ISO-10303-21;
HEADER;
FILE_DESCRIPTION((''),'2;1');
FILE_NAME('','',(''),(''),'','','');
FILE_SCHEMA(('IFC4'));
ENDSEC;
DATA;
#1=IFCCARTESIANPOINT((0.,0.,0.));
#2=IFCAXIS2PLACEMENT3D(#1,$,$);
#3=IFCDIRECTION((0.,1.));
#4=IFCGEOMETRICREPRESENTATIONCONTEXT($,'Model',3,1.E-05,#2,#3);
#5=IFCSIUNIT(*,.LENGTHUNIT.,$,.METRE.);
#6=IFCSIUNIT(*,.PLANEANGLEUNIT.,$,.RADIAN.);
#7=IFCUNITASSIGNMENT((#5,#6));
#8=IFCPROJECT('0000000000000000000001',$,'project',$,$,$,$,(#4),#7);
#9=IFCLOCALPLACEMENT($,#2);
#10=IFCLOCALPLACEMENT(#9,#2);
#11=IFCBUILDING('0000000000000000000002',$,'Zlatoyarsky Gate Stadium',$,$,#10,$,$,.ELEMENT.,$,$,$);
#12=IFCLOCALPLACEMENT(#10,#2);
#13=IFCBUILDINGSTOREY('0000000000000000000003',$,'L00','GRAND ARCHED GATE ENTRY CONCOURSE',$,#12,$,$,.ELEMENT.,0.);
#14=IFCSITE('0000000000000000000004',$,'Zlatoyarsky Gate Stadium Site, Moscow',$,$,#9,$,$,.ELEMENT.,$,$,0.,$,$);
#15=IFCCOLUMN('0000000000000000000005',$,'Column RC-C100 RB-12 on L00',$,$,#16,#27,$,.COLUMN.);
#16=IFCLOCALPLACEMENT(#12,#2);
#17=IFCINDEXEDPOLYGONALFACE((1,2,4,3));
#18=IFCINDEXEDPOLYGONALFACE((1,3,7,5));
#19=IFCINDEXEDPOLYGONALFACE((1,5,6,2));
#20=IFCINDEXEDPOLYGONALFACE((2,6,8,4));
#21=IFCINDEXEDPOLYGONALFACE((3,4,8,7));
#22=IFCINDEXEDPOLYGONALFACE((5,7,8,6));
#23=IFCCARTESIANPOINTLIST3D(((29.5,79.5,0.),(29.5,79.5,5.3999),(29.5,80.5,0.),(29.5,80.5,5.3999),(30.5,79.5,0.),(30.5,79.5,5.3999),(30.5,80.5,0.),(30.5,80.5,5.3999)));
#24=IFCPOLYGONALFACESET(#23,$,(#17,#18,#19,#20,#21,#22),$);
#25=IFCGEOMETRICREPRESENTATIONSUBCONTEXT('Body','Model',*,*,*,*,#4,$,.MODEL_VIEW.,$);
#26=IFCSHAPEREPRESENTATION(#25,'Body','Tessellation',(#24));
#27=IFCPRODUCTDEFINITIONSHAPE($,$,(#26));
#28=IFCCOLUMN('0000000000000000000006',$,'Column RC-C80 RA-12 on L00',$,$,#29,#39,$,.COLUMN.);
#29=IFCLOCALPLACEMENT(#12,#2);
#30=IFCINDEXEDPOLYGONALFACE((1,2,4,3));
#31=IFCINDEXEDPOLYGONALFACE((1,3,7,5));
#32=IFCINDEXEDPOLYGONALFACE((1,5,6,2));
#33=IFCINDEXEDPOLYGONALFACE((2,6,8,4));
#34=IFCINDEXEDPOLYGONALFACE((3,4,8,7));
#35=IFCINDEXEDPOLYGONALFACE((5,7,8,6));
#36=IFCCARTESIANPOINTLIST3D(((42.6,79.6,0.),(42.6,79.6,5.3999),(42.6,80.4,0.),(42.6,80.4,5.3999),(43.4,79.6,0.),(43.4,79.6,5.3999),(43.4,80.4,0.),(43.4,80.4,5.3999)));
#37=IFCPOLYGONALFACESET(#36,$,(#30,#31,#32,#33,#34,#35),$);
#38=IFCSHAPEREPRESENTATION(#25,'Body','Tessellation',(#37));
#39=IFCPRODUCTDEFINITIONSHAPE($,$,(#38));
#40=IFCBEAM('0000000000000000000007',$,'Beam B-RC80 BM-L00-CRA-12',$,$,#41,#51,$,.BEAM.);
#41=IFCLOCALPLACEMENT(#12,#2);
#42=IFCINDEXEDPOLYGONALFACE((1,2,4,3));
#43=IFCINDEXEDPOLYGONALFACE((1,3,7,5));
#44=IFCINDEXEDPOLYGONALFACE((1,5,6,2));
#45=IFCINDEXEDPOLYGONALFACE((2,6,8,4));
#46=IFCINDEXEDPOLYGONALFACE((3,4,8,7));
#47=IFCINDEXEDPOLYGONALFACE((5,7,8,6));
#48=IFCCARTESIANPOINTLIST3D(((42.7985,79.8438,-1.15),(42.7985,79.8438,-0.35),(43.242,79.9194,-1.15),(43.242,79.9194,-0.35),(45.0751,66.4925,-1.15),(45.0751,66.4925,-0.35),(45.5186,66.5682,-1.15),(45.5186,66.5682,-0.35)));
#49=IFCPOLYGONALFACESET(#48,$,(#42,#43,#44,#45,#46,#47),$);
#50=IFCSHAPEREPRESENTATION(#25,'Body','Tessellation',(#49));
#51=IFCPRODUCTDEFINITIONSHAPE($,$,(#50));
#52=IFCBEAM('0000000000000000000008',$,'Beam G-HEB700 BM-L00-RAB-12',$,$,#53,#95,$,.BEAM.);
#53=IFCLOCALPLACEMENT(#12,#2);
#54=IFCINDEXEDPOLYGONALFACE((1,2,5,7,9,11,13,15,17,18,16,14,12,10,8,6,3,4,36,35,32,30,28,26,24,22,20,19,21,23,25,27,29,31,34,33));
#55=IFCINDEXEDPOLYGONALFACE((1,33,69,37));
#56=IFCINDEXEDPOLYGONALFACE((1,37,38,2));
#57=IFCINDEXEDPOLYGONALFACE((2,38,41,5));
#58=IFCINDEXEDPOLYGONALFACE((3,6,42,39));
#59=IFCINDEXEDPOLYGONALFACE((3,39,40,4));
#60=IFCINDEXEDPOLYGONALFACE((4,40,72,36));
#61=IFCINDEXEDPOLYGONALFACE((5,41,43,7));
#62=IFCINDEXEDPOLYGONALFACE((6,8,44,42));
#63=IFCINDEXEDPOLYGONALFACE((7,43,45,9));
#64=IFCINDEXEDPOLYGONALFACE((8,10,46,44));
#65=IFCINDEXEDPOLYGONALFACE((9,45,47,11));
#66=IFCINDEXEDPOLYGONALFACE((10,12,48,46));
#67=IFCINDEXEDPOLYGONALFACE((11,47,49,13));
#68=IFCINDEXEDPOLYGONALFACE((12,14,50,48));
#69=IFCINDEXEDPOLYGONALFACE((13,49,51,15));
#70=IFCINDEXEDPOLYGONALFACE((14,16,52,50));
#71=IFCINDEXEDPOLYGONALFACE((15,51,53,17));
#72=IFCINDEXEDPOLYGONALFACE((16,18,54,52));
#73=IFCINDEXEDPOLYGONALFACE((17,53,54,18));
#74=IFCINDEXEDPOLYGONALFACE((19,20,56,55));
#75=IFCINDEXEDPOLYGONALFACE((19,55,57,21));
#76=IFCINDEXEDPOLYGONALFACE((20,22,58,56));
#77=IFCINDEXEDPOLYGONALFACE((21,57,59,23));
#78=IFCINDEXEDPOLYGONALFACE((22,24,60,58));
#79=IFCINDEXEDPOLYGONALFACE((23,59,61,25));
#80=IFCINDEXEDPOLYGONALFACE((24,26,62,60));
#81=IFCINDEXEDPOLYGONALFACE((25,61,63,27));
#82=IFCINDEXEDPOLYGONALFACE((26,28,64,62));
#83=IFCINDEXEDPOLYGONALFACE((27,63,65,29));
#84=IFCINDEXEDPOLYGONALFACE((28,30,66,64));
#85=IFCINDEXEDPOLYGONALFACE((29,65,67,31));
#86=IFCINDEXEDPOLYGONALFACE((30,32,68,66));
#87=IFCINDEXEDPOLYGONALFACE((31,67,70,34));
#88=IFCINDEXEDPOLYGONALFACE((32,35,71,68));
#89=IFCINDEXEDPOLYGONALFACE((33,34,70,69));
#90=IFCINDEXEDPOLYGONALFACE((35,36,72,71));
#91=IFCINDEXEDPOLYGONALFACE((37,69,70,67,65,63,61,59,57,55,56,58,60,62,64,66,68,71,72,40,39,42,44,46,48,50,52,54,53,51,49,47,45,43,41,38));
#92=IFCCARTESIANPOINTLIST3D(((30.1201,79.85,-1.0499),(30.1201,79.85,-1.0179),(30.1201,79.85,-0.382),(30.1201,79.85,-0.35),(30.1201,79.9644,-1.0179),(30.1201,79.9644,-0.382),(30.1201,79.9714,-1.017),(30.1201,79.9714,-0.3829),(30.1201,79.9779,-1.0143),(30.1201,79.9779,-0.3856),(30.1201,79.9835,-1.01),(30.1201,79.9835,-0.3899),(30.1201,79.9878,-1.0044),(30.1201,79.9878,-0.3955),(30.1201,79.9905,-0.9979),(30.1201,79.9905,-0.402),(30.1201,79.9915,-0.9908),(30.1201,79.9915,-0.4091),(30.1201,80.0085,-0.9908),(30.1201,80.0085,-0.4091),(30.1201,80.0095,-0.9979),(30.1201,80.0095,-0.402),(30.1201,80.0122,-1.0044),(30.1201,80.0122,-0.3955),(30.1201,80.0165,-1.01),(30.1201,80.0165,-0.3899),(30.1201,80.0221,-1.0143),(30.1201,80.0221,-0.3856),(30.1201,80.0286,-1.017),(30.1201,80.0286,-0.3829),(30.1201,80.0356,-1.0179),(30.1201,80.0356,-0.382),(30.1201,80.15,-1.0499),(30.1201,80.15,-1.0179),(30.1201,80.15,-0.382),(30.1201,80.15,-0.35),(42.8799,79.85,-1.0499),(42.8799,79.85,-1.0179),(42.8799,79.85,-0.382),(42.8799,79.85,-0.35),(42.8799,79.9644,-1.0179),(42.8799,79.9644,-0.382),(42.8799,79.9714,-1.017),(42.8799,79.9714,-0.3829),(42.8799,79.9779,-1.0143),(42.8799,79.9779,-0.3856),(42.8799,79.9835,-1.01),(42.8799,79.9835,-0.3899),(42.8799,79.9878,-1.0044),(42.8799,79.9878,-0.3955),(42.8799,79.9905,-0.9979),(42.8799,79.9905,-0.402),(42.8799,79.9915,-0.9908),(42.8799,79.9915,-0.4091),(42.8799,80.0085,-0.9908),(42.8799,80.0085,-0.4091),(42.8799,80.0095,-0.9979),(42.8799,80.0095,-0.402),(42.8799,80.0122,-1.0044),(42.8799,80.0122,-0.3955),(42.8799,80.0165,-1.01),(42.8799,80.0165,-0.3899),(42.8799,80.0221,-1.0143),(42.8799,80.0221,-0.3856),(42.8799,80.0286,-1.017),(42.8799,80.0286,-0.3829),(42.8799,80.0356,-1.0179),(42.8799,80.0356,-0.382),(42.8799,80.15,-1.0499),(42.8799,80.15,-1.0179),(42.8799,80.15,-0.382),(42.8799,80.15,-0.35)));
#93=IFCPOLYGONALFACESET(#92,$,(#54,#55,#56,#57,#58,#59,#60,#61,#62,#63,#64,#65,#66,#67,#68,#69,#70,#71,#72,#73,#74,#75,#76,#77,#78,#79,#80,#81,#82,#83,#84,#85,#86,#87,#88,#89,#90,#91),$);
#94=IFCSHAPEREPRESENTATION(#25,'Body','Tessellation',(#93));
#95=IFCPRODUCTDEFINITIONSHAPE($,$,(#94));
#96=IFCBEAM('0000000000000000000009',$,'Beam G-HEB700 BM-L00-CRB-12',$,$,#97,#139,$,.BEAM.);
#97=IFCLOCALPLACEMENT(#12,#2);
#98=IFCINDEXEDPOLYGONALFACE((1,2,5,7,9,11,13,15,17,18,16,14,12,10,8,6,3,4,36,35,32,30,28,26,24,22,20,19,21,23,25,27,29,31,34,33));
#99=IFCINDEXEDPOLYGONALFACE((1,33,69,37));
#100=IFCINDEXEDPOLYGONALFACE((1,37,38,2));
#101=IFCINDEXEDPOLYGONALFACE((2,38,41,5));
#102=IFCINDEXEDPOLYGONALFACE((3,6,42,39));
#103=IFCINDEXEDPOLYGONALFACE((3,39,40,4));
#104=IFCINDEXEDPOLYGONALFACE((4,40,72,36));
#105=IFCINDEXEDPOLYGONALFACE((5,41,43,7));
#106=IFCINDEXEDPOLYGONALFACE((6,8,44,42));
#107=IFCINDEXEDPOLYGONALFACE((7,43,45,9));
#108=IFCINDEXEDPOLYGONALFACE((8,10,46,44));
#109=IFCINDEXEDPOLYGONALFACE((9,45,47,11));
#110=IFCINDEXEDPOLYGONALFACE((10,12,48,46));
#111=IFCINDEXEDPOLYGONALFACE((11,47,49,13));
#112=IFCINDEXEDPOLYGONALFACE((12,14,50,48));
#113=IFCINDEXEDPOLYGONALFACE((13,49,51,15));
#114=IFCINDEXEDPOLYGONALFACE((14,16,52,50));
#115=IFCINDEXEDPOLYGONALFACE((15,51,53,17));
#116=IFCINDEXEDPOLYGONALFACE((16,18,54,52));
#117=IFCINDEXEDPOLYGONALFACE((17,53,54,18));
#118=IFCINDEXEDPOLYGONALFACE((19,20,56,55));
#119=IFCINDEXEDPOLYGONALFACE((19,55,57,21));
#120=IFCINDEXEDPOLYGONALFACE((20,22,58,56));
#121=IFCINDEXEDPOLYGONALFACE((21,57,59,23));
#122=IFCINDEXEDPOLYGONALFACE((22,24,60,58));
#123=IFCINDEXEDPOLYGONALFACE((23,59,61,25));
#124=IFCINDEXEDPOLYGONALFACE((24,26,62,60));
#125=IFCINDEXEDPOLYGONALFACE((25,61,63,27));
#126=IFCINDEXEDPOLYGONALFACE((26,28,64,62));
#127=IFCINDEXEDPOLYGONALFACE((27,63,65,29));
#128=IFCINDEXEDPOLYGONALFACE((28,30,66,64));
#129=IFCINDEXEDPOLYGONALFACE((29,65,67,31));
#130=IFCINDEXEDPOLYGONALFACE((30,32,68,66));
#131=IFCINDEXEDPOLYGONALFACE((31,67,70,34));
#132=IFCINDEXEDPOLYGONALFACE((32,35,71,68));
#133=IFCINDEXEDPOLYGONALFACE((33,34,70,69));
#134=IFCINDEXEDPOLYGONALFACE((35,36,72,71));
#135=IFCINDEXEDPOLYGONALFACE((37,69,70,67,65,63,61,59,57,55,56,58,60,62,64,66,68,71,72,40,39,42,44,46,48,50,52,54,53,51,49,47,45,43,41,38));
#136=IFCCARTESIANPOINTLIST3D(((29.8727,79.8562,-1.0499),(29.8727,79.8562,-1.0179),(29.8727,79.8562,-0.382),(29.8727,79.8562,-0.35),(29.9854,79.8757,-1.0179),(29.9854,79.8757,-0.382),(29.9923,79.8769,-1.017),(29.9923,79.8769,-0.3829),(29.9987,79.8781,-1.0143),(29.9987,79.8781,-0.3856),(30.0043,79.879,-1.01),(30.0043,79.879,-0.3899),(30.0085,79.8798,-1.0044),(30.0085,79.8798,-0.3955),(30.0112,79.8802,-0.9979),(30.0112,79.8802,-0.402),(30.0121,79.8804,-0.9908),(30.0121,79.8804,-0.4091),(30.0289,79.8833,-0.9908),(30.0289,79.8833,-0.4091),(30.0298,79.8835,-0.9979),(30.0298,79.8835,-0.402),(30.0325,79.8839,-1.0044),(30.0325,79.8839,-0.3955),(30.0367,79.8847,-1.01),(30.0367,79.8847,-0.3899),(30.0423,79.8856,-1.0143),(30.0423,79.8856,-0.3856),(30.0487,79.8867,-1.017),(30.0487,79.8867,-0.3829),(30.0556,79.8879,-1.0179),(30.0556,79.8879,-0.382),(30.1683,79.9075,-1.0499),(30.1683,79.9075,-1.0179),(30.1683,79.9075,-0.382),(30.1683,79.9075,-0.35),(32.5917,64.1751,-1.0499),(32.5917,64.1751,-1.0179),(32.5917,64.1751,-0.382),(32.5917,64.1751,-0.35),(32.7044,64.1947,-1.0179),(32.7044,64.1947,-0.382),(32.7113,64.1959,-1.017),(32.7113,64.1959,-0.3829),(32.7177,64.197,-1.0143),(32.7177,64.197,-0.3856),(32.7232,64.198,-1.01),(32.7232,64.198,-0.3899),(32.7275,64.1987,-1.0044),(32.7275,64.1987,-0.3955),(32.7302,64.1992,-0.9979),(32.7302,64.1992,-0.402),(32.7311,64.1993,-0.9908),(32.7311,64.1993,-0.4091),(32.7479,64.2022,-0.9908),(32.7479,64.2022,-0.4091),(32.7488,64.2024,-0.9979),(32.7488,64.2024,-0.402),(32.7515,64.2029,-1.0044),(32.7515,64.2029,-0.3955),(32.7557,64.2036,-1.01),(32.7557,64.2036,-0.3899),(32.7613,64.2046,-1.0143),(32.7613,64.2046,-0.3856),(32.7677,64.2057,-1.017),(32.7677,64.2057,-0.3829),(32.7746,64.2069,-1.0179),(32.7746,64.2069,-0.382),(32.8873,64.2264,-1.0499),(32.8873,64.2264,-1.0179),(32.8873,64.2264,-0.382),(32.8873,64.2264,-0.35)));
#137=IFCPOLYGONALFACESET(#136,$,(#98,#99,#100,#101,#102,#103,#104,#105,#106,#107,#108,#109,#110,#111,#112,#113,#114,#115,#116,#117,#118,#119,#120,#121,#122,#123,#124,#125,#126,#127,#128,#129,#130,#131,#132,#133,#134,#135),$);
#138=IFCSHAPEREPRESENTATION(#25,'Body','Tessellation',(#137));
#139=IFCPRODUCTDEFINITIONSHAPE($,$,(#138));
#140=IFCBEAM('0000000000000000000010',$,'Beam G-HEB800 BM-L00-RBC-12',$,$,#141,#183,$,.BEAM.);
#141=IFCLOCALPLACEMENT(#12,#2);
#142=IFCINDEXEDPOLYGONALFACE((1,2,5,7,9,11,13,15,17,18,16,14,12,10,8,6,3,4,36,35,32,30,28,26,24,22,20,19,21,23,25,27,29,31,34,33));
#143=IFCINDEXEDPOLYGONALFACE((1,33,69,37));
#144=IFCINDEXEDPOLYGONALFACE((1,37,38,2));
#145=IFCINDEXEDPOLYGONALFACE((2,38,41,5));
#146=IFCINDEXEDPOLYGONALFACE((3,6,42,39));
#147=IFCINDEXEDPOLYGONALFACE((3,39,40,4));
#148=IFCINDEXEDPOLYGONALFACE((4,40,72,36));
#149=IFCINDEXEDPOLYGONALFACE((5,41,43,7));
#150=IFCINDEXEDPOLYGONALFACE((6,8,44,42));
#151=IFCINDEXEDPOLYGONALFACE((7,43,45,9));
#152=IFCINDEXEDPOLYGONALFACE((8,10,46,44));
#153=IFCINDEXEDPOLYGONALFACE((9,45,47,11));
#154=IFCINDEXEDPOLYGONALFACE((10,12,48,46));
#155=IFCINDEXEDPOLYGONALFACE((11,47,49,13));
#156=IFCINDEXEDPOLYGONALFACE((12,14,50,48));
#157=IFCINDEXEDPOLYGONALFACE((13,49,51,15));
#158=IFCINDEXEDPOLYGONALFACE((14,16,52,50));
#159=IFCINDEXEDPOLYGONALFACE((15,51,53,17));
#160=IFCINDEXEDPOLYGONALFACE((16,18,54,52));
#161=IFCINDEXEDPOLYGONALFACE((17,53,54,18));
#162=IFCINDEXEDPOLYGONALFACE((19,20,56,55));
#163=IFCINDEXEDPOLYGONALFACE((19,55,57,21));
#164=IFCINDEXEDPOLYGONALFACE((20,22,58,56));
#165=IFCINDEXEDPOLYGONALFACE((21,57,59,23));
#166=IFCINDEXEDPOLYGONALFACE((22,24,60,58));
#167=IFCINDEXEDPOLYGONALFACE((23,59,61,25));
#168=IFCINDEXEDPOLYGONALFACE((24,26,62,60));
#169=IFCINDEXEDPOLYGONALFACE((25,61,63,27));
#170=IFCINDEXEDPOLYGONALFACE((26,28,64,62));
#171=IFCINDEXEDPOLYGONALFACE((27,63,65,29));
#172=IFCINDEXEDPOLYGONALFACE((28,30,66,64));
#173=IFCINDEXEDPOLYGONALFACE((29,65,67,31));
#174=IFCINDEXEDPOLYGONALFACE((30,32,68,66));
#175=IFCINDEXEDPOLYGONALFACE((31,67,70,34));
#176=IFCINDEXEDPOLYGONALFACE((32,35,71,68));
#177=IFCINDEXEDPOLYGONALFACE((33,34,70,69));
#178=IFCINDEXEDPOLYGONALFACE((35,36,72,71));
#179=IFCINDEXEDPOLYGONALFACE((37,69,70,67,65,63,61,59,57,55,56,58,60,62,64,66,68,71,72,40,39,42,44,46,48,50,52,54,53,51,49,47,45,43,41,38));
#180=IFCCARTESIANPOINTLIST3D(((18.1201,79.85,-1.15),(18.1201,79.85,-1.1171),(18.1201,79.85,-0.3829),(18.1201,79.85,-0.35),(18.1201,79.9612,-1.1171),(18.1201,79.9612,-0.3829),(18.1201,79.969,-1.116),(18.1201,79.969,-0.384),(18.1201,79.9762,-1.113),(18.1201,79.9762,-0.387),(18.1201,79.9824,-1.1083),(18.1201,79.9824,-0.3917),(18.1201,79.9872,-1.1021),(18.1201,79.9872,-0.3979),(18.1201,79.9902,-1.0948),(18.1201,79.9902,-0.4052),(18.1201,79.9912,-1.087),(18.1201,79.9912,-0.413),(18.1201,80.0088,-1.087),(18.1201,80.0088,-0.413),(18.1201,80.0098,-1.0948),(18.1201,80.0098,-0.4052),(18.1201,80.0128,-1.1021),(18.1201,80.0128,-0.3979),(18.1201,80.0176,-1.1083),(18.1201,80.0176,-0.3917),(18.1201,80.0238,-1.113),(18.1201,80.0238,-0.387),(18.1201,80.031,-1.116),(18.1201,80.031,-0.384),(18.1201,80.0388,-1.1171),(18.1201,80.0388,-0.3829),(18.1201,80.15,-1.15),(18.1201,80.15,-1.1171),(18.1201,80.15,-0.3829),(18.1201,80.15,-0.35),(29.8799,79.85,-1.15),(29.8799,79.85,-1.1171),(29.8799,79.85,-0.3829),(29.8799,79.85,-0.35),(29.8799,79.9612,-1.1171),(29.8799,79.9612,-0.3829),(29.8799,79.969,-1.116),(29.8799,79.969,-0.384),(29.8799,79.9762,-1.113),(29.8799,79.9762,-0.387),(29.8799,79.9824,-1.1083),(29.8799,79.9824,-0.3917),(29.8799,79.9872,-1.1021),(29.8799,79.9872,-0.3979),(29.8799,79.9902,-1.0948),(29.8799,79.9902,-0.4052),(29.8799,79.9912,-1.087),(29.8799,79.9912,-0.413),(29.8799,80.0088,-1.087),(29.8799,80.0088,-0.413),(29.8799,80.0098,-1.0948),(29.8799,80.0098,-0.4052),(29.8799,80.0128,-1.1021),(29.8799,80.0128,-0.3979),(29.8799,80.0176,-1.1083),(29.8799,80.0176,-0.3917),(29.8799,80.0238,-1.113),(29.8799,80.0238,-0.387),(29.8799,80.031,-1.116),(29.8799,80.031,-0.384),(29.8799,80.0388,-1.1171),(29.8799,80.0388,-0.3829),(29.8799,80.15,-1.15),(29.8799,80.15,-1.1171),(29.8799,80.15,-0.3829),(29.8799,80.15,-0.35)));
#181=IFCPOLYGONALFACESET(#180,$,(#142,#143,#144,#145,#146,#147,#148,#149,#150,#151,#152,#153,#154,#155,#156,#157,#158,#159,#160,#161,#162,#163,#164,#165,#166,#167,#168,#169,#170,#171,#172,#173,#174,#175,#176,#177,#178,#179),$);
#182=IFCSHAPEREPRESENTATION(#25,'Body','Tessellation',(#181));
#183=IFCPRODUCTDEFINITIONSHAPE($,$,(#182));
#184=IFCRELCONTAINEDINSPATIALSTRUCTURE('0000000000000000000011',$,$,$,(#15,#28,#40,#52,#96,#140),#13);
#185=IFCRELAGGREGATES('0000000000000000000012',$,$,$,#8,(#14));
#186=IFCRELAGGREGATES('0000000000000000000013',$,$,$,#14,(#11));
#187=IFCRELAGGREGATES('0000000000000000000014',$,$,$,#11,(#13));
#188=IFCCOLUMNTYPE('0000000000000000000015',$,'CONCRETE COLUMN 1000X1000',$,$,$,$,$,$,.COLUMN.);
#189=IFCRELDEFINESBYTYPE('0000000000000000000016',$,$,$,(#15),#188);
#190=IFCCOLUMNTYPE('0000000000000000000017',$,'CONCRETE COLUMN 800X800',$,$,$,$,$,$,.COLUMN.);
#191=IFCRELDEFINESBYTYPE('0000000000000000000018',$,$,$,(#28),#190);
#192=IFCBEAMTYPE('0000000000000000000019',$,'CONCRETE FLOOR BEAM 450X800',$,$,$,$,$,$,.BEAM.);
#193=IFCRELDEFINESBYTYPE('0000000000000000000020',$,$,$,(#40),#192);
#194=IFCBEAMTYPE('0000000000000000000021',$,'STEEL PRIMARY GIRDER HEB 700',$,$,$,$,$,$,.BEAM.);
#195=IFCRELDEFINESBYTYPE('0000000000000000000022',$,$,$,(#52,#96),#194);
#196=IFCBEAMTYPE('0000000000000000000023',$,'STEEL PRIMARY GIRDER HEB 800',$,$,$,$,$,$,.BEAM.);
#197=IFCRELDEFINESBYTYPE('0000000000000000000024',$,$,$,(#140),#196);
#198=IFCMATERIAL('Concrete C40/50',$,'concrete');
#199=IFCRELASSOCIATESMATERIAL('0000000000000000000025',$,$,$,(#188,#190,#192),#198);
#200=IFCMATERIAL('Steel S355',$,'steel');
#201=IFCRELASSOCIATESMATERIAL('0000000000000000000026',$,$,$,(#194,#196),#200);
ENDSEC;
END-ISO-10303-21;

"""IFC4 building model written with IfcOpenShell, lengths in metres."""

from ifc_helpers import new_model, si_unit, direction, frame, origin, origin_2d, place, context, subcontext, project, spatial, rectangle, i_section, extrude, material, material_profile, profile_set, type_object, element, save


model = new_model("IFC4")

# Units and contexts
model_context = context("Model", 3, precision=1e-05, world=origin(), true_north=direction((0.0, 1.0)))
body_context = subcontext(model_context, "Body", "Model", "MODEL_VIEW")
ifc_project = project(units=[si_unit("LENGTHUNIT", "METRE"), si_unit("PLANEANGLEUNIT", "RADIAN")], contexts=[model_context])

# Site, building, storey
site_placement = place(None, origin())
site = spatial("IfcSite", under=ifc_project, at=site_placement, Name="Zlatoyarsky Gate Stadium Site, Moscow", CompositionType="ELEMENT", RefElevation=0.0)
building_placement = place(site_placement, origin())
building = spatial("IfcBuilding", under=site, at=building_placement, Name="Zlatoyarsky Gate Stadium", CompositionType="ELEMENT")
storey_placement = place(building_placement, origin())
storey = spatial("IfcBuildingStorey", under=building, at=storey_placement, Name="L00", Description="GRAND ARCHED GATE ENTRY CONCOURSE", CompositionType="ELEMENT", Elevation=0.0)

# Columns
ifc_material_1 = material(Name="Concrete C40/50", Category="concrete")
ifc_material_profile_1 = material_profile(ifc_material_1, rectangle(XDim=1.0, YDim=1.0, at=origin_2d()), Name="RC COL 1000X1000")
ifc_profile_set_1 = profile_set([ifc_material_profile_1], Name="Concrete C40/50")
column_type_1 = type_object("IfcColumnType", Name="CONCRETE COLUMN 1000X1000", PredefinedType="COLUMN", material=ifc_profile_set_1)
column_1_placement = place(storey_placement, frame((30.0, 80.0, 0.0), z_axis=(0.0, 0.0, 1.0), x_axis=(-1.0, 0.0, 0.0)))
element("IfcColumn", 1, at=column_1_placement, inside=storey, type_object=column_type_1, Name="Column RC-C100 RB-12 on L00", PredefinedType="COLUMN", context=body_context, shape_type="SweptSolid", body=[
    extrude(rectangle(XDim=1.0, YDim=1.0, at=origin_2d()), origin(), (0.0, 0.0, 1.0), 5.3999),
])
ifc_material_profile_2 = material_profile(ifc_material_1, rectangle(XDim=0.8, YDim=0.8, at=origin_2d()), Name="RC COL 800X800")
ifc_profile_set_2 = profile_set([ifc_material_profile_2], Name="Concrete C40/50")
column_type_2 = type_object("IfcColumnType", Name="CONCRETE COLUMN 800X800", PredefinedType="COLUMN", material=ifc_profile_set_2)
column_2_placement = place(storey_placement, frame((43.0, 80.0, 0.0), z_axis=(0.0, 0.0, 1.0), x_axis=(-1.0, 0.0, 0.0)))
element("IfcColumn", 2, at=column_2_placement, inside=storey, type_object=column_type_2, Name="Column RC-C80 RA-12 on L00", PredefinedType="COLUMN", context=body_context, shape_type="SweptSolid", body=[
    extrude(rectangle(XDim=0.8, YDim=0.8, at=origin_2d()), origin(), (0.0, 0.0, 1.0), 5.3999),
])

# Beams
ifc_material_profile_3 = material_profile(ifc_material_1, rectangle(XDim=0.45, YDim=0.8, at=origin_2d()), Name="RC BEAM 450X800")
ifc_profile_set_3 = profile_set([ifc_material_profile_3], Name="Concrete C40/50")
beam_type_1 = type_object("IfcBeamType", Name="CONCRETE FLOOR BEAM 450X800", PredefinedType="BEAM", material=ifc_profile_set_3)
beam_1_placement = place(storey_placement, frame((43.0203, 79.8816, -0.75), z_axis=(0.16809, -0.985772, 0.0), x_axis=(0.985772, 0.16809, 0.0)))
element("IfcBeam", 3, at=beam_1_placement, inside=storey, type_object=beam_type_1, Name="Beam B-RC80 BM-L00-CRA-12", PredefinedType="BEAM", context=body_context, shape_type="SweptSolid", body=[
    extrude(rectangle(XDim=0.45, YDim=0.8, at=origin_2d()), origin(), (0.0, 0.0, 1.0), 13.5439),
])
ifc_material_2 = material(Name="Steel S355", Category="steel")
ifc_material_profile_4 = material_profile(ifc_material_2, i_section(OverallWidth=0.3, OverallDepth=0.7, WebThickness=0.0171, FlangeThickness=0.032, FilletRadius=0.0271, at=origin_2d()), Name="HEB 700")
ifc_profile_set_4 = profile_set([ifc_material_profile_4], Name="Steel S355")
beam_type_2 = type_object("IfcBeamType", Name="STEEL PRIMARY GIRDER HEB 700", PredefinedType="BEAM", material=ifc_profile_set_4)
beam_2_placement = place(storey_placement, frame((42.8799, 80.0, -0.7), z_axis=(-1.0, 0.0, 0.0), x_axis=(0.0, -1.0, 0.0)))
element("IfcBeam", 4, at=beam_2_placement, inside=storey, type_object=beam_type_2, Name="Beam G-HEB700 BM-L00-RAB-12", PredefinedType="BEAM", context=body_context, shape_type="SweptSolid", body=[
    extrude(i_section(OverallWidth=0.3, OverallDepth=0.7, WebThickness=0.0171, FlangeThickness=0.032, FilletRadius=0.0271, at=origin_2d()), origin(), (0.0, 0.0, 1.0), 12.7598),
])
beam_3_placement = place(storey_placement, frame((30.0205, 79.8818, -0.7), z_axis=(0.170843, -0.985298, 0.0), x_axis=(0.985298, 0.170843, 0.0)))
element("IfcBeam", 5, at=beam_3_placement, inside=storey, type_object=beam_type_2, Name="Beam G-HEB700 BM-L00-CRB-12", PredefinedType="BEAM", context=body_context, shape_type="SweptSolid", body=[
    extrude(i_section(OverallWidth=0.3, OverallDepth=0.7, WebThickness=0.0171, FlangeThickness=0.032, FilletRadius=0.0271, at=origin_2d()), origin(), (0.0, 0.0, 1.0), 15.915),
])
ifc_material_profile_5 = material_profile(ifc_material_2, i_section(OverallWidth=0.3, OverallDepth=0.8, WebThickness=0.0176, FlangeThickness=0.033, FilletRadius=0.03, at=origin_2d()), Name="HEB 800")
ifc_profile_set_5 = profile_set([ifc_material_profile_5], Name="Steel S355")
beam_type_3 = type_object("IfcBeamType", Name="STEEL PRIMARY GIRDER HEB 800", PredefinedType="BEAM", material=ifc_profile_set_5)
beam_4_placement = place(storey_placement, frame((29.8799, 80.0, -0.75), z_axis=(-1.0, 0.0, 0.0), x_axis=(0.0, -1.0, 0.0)))
element("IfcBeam", 6, at=beam_4_placement, inside=storey, type_object=beam_type_3, Name="Beam G-HEB800 BM-L00-RBC-12", PredefinedType="BEAM", context=body_context, shape_type="SweptSolid", body=[
    extrude(i_section(OverallWidth=0.3, OverallDepth=0.8, WebThickness=0.0176, FlangeThickness=0.033, FilletRadius=0.03, at=origin_2d()), origin(), (0.0, 0.0, 1.0), 11.7598),
])

save(model, "model.ifc")
